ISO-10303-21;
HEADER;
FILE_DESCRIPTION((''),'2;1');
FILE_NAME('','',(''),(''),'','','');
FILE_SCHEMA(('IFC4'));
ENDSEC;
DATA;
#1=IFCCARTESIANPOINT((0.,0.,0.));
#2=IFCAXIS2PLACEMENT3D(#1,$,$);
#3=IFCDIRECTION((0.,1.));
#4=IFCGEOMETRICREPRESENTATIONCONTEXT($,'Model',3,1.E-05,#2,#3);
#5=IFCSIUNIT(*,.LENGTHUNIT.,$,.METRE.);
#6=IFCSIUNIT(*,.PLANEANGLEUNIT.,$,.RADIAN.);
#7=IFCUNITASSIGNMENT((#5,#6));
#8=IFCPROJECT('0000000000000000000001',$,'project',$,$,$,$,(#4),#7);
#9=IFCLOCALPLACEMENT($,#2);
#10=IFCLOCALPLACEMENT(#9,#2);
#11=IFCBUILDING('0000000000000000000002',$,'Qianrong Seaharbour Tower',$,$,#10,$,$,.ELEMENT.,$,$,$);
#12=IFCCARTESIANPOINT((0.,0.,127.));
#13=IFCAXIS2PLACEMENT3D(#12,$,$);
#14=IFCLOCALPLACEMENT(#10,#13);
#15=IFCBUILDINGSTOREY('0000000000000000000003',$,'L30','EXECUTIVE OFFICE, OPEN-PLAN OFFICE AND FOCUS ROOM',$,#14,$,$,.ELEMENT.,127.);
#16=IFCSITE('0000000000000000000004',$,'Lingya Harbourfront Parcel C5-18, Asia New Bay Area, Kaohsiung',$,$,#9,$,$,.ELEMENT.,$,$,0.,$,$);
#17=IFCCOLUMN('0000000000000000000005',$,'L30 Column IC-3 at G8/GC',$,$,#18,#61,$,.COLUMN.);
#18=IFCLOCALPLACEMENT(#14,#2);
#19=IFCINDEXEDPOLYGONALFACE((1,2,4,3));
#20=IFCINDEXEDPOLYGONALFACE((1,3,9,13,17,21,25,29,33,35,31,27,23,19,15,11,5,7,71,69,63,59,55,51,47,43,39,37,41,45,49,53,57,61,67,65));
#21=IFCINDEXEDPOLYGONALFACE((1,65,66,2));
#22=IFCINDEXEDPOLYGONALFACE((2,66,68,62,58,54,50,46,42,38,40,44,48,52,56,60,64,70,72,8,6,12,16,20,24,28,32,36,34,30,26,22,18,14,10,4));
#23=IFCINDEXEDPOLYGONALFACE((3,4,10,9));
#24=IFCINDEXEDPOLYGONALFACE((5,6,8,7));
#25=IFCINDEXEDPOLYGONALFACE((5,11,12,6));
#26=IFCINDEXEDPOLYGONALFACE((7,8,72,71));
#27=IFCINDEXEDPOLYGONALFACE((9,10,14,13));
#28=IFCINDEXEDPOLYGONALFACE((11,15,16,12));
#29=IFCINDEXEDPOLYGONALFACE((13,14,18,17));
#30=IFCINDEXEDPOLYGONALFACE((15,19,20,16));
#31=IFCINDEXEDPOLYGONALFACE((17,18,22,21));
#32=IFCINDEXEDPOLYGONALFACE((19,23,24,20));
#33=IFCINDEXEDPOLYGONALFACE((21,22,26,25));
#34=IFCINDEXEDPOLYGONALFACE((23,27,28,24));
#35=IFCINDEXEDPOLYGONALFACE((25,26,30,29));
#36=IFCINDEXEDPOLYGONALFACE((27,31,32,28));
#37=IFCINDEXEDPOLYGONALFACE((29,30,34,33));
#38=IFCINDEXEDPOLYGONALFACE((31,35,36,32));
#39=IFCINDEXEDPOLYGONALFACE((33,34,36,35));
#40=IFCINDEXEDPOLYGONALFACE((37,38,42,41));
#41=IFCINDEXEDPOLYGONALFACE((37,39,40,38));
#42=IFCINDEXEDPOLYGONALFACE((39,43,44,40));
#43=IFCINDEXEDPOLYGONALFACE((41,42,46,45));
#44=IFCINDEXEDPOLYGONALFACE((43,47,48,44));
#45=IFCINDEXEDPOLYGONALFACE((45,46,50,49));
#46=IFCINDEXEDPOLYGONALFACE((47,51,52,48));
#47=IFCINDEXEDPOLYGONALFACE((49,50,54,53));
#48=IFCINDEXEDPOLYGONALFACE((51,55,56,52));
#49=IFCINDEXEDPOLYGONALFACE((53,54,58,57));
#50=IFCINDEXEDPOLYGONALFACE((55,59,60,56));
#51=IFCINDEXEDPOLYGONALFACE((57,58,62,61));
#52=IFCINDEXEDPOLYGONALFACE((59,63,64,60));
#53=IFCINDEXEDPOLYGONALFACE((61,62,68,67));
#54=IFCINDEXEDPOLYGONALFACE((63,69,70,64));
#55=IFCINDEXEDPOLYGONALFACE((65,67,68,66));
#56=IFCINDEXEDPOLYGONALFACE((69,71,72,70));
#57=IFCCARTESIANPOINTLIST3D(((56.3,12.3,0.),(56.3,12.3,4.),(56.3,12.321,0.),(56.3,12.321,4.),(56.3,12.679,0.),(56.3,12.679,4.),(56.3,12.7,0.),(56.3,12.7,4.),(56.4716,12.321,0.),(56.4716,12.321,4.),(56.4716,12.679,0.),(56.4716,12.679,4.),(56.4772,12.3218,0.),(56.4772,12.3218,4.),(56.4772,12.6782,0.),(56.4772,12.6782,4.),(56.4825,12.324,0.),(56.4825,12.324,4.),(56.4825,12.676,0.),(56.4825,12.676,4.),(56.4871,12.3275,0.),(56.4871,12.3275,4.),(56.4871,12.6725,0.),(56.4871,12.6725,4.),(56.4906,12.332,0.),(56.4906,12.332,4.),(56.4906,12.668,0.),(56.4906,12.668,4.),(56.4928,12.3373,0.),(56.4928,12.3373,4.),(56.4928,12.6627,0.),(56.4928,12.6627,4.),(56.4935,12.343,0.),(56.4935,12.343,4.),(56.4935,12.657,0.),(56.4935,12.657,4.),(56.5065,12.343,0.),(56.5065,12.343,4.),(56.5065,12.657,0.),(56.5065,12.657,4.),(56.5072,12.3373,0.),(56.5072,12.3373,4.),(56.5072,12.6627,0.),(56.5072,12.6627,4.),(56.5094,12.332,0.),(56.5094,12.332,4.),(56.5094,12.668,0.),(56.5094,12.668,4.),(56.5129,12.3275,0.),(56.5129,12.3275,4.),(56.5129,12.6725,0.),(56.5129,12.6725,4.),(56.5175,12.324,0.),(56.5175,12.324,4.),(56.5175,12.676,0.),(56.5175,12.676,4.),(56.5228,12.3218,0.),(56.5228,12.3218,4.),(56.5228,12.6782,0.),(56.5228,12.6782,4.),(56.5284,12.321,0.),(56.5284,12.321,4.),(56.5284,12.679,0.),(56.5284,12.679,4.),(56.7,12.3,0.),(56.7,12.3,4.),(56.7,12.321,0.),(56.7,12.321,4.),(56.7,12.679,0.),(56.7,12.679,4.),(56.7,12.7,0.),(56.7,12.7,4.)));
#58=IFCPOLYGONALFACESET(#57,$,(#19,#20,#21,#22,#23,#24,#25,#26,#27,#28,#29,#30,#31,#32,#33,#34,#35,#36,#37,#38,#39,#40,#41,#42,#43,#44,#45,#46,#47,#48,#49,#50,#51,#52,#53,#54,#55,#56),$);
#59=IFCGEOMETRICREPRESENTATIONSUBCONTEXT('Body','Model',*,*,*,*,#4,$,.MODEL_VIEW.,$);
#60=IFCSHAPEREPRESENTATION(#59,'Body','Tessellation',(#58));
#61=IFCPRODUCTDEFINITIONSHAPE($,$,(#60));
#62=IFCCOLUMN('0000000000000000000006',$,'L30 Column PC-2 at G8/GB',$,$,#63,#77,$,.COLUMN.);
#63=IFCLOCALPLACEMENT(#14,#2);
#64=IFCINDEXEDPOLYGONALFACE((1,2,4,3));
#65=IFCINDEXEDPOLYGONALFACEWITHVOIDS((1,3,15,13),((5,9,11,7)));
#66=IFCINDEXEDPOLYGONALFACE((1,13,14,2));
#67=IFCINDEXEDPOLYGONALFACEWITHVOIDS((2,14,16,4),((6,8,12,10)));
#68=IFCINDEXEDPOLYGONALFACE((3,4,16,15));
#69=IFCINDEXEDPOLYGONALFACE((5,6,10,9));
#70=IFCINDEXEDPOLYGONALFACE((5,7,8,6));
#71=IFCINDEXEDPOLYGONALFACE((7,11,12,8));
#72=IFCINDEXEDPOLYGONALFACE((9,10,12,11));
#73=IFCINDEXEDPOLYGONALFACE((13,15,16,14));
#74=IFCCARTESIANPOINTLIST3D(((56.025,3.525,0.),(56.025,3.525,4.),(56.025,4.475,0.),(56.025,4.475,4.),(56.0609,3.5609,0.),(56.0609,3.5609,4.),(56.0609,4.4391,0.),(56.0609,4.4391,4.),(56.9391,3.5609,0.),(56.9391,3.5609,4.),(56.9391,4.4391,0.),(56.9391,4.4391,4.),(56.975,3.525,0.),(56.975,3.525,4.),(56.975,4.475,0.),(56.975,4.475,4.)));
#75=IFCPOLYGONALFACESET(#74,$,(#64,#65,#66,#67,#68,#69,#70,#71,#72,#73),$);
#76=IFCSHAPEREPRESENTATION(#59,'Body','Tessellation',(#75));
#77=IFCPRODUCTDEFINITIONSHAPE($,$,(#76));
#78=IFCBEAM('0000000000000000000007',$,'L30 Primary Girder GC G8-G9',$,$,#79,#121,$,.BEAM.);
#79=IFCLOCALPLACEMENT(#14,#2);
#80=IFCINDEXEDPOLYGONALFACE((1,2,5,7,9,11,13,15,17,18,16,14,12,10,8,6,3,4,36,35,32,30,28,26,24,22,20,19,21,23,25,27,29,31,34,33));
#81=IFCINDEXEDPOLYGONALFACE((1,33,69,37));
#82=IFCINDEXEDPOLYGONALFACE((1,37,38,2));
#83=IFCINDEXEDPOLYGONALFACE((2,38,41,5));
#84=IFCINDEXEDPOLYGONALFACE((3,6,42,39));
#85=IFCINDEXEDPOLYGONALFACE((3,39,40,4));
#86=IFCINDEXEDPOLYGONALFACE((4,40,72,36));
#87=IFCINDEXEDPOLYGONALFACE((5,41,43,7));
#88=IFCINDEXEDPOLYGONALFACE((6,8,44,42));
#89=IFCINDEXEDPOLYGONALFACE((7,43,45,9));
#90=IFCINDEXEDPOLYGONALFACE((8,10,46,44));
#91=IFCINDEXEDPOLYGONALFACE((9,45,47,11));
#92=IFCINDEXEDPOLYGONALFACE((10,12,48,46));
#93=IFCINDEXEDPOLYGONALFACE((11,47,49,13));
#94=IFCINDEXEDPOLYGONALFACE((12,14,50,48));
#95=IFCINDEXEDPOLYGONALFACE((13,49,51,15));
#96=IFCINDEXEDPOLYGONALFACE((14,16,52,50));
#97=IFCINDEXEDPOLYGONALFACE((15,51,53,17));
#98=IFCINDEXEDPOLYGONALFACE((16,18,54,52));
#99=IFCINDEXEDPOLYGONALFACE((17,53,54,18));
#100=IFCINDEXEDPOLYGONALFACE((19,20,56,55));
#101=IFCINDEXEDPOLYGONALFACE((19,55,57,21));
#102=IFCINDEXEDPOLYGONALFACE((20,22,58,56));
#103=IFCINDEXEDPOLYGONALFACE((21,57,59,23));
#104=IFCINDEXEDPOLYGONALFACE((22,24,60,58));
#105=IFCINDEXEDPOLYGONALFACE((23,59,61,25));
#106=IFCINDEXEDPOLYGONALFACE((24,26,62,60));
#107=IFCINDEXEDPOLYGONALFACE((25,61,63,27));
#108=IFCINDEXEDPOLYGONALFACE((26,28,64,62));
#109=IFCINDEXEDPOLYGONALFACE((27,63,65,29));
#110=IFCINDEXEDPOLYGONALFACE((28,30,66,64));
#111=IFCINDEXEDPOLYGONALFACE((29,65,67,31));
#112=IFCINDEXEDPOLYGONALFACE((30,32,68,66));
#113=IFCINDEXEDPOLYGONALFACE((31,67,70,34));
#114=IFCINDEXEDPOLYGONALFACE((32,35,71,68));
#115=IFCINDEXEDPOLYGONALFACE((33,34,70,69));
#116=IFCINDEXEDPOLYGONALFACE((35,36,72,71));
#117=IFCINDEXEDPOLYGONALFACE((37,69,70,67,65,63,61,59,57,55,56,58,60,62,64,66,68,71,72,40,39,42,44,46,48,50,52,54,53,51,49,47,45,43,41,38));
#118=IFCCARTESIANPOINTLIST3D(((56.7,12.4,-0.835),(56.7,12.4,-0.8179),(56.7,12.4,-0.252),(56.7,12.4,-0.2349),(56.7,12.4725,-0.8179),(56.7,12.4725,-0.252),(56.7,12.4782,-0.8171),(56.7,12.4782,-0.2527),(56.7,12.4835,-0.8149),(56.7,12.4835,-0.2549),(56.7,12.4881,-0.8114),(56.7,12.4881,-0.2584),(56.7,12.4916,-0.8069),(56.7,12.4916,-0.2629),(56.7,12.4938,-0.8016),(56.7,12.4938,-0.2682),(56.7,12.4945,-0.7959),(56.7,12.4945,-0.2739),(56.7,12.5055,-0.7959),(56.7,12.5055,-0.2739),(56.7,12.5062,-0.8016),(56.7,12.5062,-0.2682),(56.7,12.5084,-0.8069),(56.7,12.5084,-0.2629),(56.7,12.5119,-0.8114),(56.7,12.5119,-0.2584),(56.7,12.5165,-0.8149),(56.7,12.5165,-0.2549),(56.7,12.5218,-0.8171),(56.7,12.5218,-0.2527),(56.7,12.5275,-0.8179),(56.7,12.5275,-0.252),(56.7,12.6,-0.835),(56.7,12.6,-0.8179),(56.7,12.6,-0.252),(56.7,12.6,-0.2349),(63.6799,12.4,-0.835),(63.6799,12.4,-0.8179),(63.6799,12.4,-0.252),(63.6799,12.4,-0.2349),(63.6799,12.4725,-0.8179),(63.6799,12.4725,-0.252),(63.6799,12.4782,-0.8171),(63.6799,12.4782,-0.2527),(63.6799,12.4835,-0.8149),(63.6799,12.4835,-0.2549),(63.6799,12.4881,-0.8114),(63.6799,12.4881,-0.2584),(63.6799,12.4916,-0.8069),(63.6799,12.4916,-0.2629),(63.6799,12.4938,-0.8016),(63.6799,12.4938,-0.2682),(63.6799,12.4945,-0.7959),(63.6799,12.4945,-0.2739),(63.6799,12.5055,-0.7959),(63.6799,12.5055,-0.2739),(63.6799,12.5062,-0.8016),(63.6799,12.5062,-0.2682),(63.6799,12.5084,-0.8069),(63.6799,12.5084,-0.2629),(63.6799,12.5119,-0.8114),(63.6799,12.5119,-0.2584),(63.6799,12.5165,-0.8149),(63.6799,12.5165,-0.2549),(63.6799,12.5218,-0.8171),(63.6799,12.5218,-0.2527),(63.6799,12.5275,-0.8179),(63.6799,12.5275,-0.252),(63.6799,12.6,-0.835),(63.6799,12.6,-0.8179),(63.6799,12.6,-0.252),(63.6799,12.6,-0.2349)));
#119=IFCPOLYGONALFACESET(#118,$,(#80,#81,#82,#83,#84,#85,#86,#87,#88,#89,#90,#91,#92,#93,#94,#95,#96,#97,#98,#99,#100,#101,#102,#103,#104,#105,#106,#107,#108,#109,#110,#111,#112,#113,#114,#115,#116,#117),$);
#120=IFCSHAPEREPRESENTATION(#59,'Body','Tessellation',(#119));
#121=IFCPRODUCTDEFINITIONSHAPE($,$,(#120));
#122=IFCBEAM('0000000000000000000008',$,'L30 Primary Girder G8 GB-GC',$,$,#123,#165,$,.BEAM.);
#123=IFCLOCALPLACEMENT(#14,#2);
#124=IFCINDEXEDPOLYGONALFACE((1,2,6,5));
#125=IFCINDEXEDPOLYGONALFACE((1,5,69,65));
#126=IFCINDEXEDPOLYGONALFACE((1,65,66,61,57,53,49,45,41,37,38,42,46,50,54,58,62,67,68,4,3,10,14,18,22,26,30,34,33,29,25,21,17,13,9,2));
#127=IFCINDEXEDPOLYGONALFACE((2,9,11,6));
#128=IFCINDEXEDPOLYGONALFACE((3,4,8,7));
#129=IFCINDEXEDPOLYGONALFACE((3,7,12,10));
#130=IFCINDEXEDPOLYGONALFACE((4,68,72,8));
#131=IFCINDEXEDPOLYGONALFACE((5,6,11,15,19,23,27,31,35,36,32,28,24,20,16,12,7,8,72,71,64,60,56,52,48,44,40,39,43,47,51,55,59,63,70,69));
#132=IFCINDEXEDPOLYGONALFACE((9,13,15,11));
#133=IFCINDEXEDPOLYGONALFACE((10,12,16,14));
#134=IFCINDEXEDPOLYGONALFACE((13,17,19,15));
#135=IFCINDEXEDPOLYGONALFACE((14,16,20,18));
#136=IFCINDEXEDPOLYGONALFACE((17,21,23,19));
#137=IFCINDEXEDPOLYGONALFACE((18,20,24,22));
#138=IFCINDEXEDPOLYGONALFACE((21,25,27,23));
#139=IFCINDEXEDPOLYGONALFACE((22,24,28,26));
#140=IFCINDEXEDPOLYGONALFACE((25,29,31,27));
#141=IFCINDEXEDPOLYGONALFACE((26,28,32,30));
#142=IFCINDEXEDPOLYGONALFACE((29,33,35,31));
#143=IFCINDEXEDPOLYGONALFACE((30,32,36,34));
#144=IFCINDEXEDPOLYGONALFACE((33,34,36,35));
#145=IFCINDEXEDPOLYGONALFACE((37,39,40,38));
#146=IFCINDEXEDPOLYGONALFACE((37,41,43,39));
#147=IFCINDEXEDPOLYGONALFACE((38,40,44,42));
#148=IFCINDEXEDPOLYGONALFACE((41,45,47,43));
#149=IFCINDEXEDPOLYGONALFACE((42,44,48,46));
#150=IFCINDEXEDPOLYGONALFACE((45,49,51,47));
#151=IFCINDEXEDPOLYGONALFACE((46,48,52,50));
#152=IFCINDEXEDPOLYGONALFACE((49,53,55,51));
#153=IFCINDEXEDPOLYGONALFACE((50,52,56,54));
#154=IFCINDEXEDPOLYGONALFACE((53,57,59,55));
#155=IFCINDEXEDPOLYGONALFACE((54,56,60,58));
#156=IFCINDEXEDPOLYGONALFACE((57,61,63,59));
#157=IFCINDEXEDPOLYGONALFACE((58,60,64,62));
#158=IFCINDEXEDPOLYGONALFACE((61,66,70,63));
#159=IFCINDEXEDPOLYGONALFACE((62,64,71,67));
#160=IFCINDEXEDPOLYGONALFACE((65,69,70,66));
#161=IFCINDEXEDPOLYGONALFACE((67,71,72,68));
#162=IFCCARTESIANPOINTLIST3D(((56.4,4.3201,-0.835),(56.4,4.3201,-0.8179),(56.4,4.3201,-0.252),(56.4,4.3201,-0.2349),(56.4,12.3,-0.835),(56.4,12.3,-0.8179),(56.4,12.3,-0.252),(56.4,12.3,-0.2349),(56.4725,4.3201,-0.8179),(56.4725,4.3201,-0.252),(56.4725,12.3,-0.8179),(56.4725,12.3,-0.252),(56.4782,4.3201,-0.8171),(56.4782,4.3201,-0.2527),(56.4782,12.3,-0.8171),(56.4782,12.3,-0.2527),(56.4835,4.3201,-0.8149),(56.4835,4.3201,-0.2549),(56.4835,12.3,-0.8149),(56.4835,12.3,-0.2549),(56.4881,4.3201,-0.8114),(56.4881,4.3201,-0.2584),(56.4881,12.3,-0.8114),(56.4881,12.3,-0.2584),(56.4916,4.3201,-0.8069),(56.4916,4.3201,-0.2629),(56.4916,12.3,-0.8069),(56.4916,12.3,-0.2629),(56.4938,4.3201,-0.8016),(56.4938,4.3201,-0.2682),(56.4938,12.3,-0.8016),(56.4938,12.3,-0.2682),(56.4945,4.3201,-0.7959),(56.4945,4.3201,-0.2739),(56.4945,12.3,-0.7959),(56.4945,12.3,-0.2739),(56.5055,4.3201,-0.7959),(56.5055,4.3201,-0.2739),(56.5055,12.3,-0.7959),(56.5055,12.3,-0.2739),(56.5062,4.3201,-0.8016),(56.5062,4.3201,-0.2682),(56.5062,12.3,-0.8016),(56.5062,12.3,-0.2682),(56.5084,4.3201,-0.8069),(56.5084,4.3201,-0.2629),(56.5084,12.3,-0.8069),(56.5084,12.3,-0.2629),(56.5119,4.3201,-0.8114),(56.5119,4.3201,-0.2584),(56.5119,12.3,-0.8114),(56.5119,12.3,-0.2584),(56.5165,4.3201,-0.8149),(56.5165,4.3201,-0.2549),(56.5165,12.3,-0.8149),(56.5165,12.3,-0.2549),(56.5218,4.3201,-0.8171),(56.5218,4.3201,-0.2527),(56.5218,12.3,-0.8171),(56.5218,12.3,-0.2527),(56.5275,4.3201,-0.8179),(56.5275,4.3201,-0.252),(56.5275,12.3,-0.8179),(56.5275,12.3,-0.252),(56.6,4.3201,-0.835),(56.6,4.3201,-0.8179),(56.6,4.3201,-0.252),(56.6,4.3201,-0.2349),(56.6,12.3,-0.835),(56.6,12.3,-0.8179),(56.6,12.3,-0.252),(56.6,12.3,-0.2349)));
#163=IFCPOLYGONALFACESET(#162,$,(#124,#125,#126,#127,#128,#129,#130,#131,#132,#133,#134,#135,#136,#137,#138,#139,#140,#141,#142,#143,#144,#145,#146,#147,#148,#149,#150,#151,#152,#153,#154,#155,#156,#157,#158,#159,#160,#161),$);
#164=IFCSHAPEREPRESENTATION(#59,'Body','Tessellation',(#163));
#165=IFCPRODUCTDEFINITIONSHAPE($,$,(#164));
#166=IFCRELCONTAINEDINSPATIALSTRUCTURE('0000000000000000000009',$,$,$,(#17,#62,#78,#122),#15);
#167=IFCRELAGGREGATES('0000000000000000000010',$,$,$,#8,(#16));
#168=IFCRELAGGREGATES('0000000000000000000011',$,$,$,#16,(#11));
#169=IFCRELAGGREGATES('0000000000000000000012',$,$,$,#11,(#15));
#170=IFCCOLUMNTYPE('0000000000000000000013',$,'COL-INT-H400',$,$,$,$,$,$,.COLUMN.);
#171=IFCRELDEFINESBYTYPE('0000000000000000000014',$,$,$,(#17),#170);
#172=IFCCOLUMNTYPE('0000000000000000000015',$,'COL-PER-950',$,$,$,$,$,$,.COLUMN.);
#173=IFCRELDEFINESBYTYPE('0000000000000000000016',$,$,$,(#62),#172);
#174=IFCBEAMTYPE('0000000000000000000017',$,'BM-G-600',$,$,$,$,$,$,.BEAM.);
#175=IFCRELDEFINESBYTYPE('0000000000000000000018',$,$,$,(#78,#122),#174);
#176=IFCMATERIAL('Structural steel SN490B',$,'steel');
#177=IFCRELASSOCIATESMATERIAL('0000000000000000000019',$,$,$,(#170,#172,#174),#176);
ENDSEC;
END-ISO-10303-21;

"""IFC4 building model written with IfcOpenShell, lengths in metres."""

from ifc_helpers import new_model, si_unit, direction, frame, origin, origin_2d, place, context, subcontext, project, spatial, hollow_rectangle, i_section, extrude, material, material_profile, profile_set, type_object, element, save


model = new_model("IFC4")

# Units and contexts
model_context = context("Model", 3, precision=1e-05, world=origin(), true_north=direction((0.0, 1.0)))
body_context = subcontext(model_context, "Body", "Model", "MODEL_VIEW")
ifc_project = project(units=[si_unit("LENGTHUNIT", "METRE"), si_unit("PLANEANGLEUNIT", "RADIAN")], contexts=[model_context])

# Site, building, storey
site_placement = place(None, origin())
site = spatial("IfcSite", under=ifc_project, at=site_placement, Name="Lingya Harbourfront Parcel C5-18, Asia New Bay Area, Kaohsiung", CompositionType="ELEMENT", RefElevation=0.0)
building_placement = place(site_placement, origin())
building = spatial("IfcBuilding", under=site, at=building_placement, Name="Qianrong Seaharbour Tower", CompositionType="ELEMENT")
storey_placement = place(building_placement, frame((0.0, 0.0, 127.0)))
storey = spatial("IfcBuildingStorey", under=building, at=storey_placement, Name="L30", Description="EXECUTIVE OFFICE, OPEN-PLAN OFFICE AND FOCUS ROOM", CompositionType="ELEMENT", Elevation=127.0)

# Columns
ifc_material_1 = material(Name="Structural steel SN490B", Category="steel")
ifc_material_profile_1 = material_profile(ifc_material_1, i_section(OverallWidth=0.3999, OverallDepth=0.3999, WebThickness=0.0129, FlangeThickness=0.021, FilletRadius=0.022, at=origin_2d()), Name="H400x400x13x21")
ifc_profile_set_1 = profile_set([ifc_material_profile_1], Name="Structural steel SN490B")
column_type_1 = type_object("IfcColumnType", Name="COL-INT-H400", PredefinedType="COLUMN", material=ifc_profile_set_1)
column_1_placement = place(storey_placement, frame((56.5, 12.5, 0.0), z_axis=(0.0, 0.0, 1.0), x_axis=(1.0, 0.0, 0.0)))
element("IfcColumn", 1, at=column_1_placement, inside=storey, type_object=column_type_1, Name="L30 Column IC-3 at G8/GC", PredefinedType="COLUMN", context=body_context, shape_type="SweptSolid", body=[
    extrude(i_section(OverallWidth=0.3999, OverallDepth=0.3999, WebThickness=0.0129, FlangeThickness=0.021, FilletRadius=0.022, at=origin_2d()), origin(), (0.0, 0.0, 1.0), 4.0),
])
ifc_material_profile_2 = material_profile(ifc_material_1, hollow_rectangle(XDim=0.95, YDim=0.95, WallThickness=0.0359, at=origin_2d()), Name="BOX950x950x36")
ifc_profile_set_2 = profile_set([ifc_material_profile_2], Name="Structural steel SN490B")
column_type_2 = type_object("IfcColumnType", Name="COL-PER-950", PredefinedType="COLUMN", material=ifc_profile_set_2)
column_2_placement = place(storey_placement, frame((56.5, 4.0, 0.0), z_axis=(0.0, 0.0, 1.0), x_axis=(1.0, 0.0, 0.0)))
element("IfcColumn", 2, at=column_2_placement, inside=storey, type_object=column_type_2, Name="L30 Column PC-2 at G8/GB", PredefinedType="COLUMN", context=body_context, shape_type="SweptSolid", body=[
    extrude(hollow_rectangle(XDim=0.95, YDim=0.95, WallThickness=0.0359, at=origin_2d()), origin(), (0.0, 0.0, 1.0), 4.0),
])

# Beams
ifc_material_profile_3 = material_profile(ifc_material_1, i_section(OverallWidth=0.2, OverallDepth=0.6001, WebThickness=0.011, FlangeThickness=0.0171, FilletRadius=0.022, at=origin_2d()), Name="H600x200x11x17")
ifc_profile_set_3 = profile_set([ifc_material_profile_3], Name="Structural steel SN490B")
beam_type_1 = type_object("IfcBeamType", Name="BM-G-600", PredefinedType="BEAM", material=ifc_profile_set_3)
beam_1_placement = place(storey_placement, frame((56.7, 12.5, -0.5349), z_axis=(1.0, 0.0, 0.0), x_axis=(0.0, 1.0, 0.0)))
element("IfcBeam", 3, at=beam_1_placement, inside=storey, type_object=beam_type_1, Name="L30 Primary Girder GC G8-G9", PredefinedType="BEAM", context=body_context, shape_type="SweptSolid", body=[
    extrude(i_section(OverallWidth=0.2, OverallDepth=0.6001, WebThickness=0.011, FlangeThickness=0.0171, FilletRadius=0.022, at=origin_2d()), origin(), (0.0, 0.0, 1.0), 6.98),
])
beam_2_placement = place(storey_placement, frame((56.5, 4.3201, -0.5349), z_axis=(0.0, 1.0, 0.0), x_axis=(-1.0, 0.0, 0.0)))
element("IfcBeam", 4, at=beam_2_placement, inside=storey, type_object=beam_type_1, Name="L30 Primary Girder G8 GB-GC", PredefinedType="BEAM", context=body_context, shape_type="SweptSolid", body=[
    extrude(i_section(OverallWidth=0.2, OverallDepth=0.6001, WebThickness=0.011, FlangeThickness=0.0171, FilletRadius=0.022, at=origin_2d()), origin(), (0.0, 0.0, 1.0), 7.98),
])

save(model, "model.ifc")
